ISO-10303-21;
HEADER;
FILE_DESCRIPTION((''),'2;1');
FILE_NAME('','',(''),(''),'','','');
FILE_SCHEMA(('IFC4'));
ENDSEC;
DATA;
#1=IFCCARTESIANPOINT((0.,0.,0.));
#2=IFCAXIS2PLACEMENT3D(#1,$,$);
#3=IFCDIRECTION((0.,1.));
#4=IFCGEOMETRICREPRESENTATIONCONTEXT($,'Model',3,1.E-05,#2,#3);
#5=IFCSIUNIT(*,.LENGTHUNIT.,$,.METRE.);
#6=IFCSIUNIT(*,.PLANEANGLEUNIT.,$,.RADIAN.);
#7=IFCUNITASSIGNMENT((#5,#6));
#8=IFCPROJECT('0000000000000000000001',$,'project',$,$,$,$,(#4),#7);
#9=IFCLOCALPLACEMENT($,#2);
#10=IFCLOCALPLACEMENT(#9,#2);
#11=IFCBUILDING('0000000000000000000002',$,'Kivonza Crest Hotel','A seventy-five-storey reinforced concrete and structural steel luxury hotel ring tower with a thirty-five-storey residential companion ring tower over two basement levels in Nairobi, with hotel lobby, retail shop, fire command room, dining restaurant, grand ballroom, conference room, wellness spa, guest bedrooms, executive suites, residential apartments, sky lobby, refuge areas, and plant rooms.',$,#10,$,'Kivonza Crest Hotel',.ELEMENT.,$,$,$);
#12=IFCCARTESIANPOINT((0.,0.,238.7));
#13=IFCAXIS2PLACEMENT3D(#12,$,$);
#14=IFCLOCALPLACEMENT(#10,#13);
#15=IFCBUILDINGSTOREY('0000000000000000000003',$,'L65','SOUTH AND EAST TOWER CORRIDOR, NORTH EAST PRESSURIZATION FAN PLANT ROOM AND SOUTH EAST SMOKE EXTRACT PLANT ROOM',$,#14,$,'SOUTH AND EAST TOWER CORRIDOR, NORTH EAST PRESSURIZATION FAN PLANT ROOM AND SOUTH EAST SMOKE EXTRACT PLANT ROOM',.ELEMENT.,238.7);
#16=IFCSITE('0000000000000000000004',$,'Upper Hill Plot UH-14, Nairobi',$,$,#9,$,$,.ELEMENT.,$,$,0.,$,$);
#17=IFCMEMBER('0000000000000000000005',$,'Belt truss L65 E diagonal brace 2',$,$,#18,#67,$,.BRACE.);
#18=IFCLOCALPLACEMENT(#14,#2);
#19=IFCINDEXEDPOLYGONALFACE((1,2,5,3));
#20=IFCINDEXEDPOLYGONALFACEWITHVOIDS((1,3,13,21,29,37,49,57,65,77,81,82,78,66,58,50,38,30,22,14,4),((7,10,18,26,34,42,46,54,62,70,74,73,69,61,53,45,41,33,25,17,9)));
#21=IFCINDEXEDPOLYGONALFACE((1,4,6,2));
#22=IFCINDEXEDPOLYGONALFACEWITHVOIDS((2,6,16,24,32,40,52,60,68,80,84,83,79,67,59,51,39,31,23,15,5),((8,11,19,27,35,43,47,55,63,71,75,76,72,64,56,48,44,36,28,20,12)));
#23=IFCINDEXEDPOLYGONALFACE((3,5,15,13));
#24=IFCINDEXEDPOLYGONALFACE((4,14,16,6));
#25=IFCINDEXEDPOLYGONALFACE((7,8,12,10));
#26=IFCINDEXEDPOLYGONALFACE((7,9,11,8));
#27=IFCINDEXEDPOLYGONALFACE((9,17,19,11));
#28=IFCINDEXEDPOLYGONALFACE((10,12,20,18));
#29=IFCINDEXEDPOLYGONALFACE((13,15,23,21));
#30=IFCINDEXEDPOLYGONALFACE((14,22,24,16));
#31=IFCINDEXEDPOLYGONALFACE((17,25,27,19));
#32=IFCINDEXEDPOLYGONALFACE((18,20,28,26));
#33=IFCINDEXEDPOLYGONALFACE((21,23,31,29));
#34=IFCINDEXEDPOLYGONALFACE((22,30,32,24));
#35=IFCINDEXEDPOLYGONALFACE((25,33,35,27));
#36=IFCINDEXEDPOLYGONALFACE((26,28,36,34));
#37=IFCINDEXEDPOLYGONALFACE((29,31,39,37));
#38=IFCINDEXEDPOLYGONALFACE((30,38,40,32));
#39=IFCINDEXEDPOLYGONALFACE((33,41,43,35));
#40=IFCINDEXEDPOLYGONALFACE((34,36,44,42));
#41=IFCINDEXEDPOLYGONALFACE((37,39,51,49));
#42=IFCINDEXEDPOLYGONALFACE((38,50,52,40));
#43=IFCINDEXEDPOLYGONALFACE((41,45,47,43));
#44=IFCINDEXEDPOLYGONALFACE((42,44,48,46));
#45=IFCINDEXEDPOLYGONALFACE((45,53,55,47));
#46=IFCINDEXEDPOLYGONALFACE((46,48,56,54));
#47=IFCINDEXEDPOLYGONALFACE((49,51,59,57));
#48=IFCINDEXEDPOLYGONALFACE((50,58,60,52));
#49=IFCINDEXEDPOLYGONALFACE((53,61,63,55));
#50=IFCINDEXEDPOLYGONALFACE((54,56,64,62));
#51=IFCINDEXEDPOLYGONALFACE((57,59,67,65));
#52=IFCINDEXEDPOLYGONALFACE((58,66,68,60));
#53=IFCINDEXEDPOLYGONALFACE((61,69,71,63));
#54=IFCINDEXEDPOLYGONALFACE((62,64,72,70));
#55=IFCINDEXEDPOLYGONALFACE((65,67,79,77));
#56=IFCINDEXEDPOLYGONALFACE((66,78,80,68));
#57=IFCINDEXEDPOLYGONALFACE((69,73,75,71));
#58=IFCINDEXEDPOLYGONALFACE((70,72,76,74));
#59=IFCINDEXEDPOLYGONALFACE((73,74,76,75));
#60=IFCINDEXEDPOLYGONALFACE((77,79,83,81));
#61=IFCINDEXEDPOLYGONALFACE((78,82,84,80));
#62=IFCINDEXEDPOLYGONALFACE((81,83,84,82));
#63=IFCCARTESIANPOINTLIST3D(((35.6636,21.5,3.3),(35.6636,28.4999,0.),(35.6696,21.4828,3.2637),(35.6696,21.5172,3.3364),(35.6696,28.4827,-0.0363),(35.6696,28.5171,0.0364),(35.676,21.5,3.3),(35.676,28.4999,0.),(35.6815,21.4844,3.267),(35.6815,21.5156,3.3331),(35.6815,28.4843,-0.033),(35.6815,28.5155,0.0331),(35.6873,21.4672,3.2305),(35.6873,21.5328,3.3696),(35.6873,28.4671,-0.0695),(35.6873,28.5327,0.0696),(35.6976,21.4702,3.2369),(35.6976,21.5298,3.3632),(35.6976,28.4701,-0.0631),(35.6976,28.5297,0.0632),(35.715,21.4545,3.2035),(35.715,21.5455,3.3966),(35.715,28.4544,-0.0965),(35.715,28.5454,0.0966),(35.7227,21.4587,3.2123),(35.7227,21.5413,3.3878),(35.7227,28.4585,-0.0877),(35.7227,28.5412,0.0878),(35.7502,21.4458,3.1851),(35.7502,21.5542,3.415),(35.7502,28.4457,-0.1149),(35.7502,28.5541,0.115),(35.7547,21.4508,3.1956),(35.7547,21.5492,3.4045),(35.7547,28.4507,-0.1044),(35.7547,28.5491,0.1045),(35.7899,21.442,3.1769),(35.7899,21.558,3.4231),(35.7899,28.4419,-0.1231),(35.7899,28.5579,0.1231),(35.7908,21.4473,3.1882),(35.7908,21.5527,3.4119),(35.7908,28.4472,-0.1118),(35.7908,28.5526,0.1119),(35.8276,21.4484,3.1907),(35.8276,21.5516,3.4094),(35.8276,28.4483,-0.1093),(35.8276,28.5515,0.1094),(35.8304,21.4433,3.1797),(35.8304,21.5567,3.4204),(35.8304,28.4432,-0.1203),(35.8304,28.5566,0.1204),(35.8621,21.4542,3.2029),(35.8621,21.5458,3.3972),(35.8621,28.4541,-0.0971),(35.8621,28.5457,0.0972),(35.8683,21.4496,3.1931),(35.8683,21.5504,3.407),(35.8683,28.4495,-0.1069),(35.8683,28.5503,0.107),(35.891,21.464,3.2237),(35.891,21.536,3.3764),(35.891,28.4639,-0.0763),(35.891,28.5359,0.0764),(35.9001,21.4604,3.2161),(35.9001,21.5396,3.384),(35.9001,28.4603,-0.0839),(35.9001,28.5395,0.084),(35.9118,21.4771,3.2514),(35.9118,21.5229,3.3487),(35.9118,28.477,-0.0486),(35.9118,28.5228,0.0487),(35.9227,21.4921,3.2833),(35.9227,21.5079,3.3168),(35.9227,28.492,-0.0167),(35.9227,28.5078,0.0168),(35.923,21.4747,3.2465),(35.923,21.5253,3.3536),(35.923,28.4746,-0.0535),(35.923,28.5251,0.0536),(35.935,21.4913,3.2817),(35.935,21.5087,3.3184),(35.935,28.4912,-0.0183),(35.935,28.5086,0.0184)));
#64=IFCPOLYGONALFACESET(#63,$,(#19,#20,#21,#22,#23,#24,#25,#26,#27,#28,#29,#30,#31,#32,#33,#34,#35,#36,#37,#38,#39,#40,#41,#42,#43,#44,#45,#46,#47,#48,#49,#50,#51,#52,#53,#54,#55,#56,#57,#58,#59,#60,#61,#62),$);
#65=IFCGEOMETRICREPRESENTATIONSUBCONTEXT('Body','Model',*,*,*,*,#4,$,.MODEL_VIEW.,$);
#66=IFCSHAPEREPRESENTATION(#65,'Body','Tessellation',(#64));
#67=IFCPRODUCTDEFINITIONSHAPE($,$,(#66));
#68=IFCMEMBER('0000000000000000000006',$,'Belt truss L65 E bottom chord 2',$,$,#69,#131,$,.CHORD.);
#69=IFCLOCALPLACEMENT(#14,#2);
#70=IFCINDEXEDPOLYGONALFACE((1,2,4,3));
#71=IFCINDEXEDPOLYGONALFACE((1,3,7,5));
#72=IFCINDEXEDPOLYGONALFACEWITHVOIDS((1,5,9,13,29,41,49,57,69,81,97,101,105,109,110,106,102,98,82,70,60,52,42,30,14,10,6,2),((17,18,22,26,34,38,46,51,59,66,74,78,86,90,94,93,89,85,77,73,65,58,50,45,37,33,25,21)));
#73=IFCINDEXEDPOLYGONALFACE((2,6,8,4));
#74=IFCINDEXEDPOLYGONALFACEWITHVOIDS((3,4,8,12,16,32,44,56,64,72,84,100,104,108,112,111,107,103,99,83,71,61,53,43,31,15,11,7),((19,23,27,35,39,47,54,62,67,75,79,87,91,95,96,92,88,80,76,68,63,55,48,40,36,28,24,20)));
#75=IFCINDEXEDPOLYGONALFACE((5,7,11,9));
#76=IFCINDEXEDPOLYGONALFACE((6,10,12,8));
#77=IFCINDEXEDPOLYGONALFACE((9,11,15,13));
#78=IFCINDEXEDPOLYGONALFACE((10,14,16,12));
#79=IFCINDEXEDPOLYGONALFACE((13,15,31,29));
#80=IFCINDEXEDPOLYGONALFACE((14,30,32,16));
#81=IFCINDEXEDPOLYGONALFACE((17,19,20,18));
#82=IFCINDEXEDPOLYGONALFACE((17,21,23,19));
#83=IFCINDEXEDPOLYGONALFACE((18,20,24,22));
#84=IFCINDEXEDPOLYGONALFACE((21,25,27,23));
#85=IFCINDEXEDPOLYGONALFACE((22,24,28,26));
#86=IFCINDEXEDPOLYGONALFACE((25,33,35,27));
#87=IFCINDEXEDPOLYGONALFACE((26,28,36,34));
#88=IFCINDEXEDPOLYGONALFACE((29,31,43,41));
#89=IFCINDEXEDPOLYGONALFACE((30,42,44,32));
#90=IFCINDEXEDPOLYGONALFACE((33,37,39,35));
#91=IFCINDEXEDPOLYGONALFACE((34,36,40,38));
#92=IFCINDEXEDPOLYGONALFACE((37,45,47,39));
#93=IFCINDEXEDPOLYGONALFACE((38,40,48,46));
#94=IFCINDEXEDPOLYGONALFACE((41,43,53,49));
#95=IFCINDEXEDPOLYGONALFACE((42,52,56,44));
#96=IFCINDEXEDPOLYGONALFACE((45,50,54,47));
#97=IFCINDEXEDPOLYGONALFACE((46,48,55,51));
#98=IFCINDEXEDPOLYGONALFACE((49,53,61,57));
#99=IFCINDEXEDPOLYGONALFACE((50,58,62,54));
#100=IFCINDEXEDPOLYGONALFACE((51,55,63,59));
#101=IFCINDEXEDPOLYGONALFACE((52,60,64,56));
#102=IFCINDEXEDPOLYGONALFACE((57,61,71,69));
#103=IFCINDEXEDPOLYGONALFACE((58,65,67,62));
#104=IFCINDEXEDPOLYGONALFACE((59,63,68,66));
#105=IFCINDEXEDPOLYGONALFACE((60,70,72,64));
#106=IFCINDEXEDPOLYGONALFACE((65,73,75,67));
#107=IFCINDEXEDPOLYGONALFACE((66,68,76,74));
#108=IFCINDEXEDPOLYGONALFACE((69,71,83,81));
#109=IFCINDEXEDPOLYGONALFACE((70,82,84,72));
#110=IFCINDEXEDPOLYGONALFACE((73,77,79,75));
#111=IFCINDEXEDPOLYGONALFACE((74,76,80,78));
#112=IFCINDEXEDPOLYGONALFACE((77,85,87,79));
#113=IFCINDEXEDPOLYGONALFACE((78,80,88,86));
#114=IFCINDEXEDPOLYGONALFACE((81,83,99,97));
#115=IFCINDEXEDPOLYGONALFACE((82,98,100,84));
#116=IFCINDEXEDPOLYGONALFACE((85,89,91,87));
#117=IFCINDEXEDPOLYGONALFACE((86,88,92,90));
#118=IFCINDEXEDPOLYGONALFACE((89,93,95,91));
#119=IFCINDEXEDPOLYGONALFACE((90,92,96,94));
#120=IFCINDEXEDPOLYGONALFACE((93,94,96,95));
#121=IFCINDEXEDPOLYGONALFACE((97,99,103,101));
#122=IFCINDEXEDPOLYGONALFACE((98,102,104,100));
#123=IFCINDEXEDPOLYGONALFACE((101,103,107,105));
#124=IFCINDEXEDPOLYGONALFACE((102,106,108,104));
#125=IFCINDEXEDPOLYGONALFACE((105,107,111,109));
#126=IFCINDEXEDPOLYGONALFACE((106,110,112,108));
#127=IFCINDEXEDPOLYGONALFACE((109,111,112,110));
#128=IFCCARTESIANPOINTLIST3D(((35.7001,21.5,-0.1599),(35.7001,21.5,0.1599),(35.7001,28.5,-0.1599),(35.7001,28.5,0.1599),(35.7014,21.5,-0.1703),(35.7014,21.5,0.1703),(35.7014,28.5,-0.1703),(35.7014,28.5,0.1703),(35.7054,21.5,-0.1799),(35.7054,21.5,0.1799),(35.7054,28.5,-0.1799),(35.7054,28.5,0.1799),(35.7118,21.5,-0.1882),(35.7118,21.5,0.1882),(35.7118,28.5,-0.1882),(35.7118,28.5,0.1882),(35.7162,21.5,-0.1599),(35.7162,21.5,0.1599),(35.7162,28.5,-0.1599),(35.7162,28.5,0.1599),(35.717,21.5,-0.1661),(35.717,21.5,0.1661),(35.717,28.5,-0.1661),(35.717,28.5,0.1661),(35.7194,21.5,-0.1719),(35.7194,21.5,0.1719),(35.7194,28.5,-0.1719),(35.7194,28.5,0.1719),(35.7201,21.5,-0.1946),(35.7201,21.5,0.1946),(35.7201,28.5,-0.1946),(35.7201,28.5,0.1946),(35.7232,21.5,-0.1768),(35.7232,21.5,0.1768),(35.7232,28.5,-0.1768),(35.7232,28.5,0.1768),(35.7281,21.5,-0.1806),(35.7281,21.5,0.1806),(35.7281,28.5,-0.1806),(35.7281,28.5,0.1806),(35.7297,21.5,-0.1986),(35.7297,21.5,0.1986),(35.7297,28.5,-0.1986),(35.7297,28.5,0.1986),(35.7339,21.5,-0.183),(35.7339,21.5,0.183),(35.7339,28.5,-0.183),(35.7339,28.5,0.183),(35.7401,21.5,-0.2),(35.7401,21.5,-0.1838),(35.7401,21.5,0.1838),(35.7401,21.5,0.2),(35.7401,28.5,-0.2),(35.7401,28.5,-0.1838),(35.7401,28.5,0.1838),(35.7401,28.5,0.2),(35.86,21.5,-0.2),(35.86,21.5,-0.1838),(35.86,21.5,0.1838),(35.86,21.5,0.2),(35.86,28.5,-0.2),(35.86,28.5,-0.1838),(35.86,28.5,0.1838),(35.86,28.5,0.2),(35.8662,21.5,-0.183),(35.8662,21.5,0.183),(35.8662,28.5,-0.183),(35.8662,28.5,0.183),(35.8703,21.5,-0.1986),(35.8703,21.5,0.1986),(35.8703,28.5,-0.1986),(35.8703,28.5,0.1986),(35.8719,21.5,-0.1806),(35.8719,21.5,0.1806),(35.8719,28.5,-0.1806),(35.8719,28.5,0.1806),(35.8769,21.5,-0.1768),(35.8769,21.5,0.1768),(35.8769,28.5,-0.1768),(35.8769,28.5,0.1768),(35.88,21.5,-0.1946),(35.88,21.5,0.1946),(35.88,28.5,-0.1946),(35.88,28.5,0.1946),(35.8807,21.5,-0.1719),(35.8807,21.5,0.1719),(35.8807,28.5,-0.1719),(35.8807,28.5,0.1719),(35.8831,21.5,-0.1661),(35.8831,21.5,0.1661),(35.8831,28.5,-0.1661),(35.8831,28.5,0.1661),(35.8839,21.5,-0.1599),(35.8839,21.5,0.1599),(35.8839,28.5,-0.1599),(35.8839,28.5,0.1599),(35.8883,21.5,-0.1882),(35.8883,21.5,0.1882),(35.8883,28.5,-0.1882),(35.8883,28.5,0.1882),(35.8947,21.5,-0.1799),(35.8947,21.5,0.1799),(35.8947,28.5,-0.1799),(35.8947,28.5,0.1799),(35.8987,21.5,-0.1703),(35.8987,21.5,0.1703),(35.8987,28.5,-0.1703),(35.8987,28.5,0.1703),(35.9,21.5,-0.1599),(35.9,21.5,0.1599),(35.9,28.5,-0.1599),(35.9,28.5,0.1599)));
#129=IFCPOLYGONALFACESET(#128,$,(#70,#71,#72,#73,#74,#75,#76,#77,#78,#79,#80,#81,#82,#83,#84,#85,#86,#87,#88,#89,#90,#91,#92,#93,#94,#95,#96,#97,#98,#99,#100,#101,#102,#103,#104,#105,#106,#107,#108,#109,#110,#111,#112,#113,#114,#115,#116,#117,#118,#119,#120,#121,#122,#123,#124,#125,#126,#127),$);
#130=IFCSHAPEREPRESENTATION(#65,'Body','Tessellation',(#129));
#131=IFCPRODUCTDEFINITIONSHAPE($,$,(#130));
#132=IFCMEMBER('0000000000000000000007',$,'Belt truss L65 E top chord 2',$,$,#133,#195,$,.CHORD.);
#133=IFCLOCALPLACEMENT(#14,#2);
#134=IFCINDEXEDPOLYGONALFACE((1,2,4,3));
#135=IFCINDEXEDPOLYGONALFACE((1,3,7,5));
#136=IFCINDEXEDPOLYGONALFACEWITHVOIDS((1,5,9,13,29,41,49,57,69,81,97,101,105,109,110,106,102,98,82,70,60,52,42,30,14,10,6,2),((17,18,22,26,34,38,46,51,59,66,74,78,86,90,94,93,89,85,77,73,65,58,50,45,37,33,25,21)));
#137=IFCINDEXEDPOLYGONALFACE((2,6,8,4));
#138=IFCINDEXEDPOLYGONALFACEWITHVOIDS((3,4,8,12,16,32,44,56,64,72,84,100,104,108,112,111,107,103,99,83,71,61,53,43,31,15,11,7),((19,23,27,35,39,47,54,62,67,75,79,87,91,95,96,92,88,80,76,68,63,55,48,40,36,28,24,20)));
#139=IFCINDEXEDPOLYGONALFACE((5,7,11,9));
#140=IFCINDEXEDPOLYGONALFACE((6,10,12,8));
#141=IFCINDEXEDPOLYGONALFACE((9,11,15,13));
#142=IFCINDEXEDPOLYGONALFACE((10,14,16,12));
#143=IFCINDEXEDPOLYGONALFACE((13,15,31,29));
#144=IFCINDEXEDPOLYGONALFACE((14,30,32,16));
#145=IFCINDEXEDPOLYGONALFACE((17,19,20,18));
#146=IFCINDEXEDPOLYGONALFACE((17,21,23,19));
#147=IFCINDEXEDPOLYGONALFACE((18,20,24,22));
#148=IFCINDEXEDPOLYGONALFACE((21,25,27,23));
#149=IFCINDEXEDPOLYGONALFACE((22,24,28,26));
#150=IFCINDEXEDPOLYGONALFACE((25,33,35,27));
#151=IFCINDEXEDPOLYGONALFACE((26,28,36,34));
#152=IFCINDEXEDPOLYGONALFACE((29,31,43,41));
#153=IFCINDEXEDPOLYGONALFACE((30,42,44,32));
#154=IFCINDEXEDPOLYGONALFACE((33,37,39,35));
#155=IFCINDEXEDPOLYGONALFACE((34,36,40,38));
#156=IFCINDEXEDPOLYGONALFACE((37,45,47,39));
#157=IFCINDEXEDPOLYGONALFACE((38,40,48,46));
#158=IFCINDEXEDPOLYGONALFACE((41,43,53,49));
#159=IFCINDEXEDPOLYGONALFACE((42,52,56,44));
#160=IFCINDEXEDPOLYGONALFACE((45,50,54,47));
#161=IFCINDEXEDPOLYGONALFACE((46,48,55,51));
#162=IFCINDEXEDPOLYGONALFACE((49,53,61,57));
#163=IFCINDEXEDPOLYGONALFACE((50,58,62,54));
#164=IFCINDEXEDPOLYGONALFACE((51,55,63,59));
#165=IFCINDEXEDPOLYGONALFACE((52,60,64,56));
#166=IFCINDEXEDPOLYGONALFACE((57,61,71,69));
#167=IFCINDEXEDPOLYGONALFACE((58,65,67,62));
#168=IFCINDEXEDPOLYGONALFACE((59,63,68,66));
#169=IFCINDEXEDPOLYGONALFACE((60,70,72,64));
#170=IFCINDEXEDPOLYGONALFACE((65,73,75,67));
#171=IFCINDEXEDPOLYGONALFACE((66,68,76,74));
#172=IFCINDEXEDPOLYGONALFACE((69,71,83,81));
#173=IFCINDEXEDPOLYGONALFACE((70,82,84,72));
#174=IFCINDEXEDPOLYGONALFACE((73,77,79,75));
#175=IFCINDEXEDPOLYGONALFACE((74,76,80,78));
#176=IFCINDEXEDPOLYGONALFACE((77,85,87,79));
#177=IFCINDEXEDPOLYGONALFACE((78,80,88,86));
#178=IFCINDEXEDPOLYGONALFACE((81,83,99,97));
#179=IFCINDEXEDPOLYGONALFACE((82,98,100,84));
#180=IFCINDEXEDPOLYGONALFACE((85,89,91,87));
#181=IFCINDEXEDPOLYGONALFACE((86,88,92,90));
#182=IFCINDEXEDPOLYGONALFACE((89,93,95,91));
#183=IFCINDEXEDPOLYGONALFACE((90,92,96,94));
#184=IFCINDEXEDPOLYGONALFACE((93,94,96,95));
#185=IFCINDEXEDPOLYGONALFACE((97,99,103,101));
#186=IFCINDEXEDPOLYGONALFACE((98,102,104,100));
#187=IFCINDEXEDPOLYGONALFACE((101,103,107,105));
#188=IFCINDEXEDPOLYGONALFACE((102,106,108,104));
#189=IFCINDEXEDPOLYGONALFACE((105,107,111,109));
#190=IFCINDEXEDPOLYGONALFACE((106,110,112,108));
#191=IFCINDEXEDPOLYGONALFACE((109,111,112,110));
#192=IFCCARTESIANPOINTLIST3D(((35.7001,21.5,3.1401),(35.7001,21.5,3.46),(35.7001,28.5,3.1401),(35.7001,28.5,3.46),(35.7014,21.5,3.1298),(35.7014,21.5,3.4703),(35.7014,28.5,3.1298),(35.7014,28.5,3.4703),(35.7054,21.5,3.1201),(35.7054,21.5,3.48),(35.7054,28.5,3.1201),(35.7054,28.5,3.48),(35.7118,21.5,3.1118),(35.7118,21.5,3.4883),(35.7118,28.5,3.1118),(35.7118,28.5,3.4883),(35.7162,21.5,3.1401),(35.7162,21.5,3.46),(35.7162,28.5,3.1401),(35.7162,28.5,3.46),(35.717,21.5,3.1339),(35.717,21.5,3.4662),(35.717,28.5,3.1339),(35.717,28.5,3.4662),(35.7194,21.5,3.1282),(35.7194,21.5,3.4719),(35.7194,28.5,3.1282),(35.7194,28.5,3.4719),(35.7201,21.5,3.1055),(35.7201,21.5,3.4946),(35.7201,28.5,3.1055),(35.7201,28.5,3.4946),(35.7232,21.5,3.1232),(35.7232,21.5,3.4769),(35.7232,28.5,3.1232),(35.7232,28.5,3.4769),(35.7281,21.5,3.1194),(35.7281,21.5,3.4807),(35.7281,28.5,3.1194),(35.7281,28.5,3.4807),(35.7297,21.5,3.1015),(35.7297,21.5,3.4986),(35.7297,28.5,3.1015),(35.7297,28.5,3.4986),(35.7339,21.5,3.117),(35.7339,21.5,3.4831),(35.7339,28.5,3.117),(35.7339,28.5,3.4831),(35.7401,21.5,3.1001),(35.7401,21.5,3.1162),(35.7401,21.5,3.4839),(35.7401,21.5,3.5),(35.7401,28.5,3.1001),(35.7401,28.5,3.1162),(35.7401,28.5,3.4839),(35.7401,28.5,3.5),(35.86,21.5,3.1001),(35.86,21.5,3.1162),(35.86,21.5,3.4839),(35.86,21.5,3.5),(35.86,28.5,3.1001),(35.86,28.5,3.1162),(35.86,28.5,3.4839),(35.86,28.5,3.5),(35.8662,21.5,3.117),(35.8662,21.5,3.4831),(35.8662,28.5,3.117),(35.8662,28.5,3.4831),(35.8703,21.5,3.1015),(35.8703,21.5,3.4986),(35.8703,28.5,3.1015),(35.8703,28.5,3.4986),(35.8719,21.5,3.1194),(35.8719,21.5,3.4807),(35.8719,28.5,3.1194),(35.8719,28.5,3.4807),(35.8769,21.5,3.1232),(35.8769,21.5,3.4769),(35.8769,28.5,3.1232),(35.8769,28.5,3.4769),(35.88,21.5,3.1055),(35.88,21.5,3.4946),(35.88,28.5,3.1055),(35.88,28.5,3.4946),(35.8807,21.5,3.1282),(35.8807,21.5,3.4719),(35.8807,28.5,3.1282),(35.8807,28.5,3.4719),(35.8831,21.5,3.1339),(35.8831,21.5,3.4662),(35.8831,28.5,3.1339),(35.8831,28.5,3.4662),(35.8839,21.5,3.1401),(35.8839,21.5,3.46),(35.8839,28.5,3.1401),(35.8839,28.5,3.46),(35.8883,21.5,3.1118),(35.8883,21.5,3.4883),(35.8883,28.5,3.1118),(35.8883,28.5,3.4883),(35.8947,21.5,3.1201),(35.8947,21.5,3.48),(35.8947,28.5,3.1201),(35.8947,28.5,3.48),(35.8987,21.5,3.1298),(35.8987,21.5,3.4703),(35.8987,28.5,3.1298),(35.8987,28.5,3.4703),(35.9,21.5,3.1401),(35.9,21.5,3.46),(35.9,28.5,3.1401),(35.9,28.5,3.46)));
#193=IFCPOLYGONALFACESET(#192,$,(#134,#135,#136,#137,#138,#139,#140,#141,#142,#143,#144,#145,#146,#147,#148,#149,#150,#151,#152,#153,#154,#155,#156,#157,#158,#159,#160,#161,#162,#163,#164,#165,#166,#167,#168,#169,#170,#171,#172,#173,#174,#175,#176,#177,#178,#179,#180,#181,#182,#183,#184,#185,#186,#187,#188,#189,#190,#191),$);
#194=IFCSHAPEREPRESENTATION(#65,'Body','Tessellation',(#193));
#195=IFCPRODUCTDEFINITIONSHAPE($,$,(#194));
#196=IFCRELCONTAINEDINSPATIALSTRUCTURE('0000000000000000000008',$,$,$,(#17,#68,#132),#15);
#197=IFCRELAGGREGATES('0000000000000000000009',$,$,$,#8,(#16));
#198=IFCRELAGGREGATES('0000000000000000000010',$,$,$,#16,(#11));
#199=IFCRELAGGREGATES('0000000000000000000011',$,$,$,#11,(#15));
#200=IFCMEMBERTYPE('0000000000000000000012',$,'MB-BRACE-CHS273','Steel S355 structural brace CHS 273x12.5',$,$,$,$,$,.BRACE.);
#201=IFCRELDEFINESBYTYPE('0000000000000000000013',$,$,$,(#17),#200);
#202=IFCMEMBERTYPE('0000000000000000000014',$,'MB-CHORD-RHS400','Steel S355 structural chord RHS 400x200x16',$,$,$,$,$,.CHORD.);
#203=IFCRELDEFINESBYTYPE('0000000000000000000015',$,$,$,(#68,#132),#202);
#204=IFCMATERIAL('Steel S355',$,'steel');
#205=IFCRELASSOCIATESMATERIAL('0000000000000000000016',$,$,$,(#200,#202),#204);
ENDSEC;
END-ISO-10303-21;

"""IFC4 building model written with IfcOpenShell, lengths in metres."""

from ifc_helpers import new_model, si_unit, direction, frame, origin, origin_2d, place, context, subcontext, project, spatial, hollow_rectangle, hollow_circle, extrude, material, material_profile, profile_set, type_object, element, save


model = new_model("IFC4")

# Units and contexts
model_context = context("Model", 3, precision=1e-05, world=origin(), true_north=direction((0.0, 1.0)))
body_context = subcontext(model_context, "Body", "Model", "MODEL_VIEW")
ifc_project = project(units=[si_unit("LENGTHUNIT", "METRE"), si_unit("PLANEANGLEUNIT", "RADIAN")], contexts=[model_context])

# Site, building, storey
site_placement = place(None, origin())
site = spatial("IfcSite", under=ifc_project, at=site_placement, Name="Upper Hill Plot UH-14, Nairobi", CompositionType="ELEMENT", RefElevation=0.0)
building_placement = place(site_placement, origin())
building = spatial("IfcBuilding", under=site, at=building_placement, Name="Kivonza Crest Hotel", Description="A seventy-five-storey reinforced concrete and structural steel luxury hotel ring tower with a thirty-five-storey residential companion ring tower over two basement levels in Nairobi, with hotel lobby, retail shop, fire command room, dining restaurant, grand ballroom, conference room, wellness spa, guest bedrooms, executive suites, residential apartments, sky lobby, refuge areas, and plant rooms.", LongName="Kivonza Crest Hotel", CompositionType="ELEMENT")
storey_placement = place(building_placement, frame((0.0, 0.0, 238.7)))
storey = spatial("IfcBuildingStorey", under=building, at=storey_placement, Name="L65", Description="SOUTH AND EAST TOWER CORRIDOR, NORTH EAST PRESSURIZATION FAN PLANT ROOM AND SOUTH EAST SMOKE EXTRACT PLANT ROOM", LongName="SOUTH AND EAST TOWER CORRIDOR, NORTH EAST PRESSURIZATION FAN PLANT ROOM AND SOUTH EAST SMOKE EXTRACT PLANT ROOM", CompositionType="ELEMENT", Elevation=238.7)

# Shared definitions
ifc_material_1 = material(Name="Steel S355", Category="steel")

# Members
ifc_material_profile_1 = material_profile(ifc_material_1, hollow_circle(Radius=0.1365, WallThickness=0.0125, at=origin_2d()), Name="CHS 273x12.5")
ifc_profile_set_1 = profile_set([ifc_material_profile_1], Name="Steel S355")
member_type_1 = type_object("IfcMemberType", Name="MB-BRACE-CHS273", Description="Steel S355 structural brace CHS 273x12.5", PredefinedType="BRACE", material=ifc_profile_set_1)
member_1_placement = place(storey_placement, frame((35.8, 21.5, 3.3), z_axis=(0.0, 0.904523, -0.426424), x_axis=(-1.0, 0.0, 0.0)))
element("IfcMember", 1, at=member_1_placement, inside=storey, type_object=member_type_1, Name="Belt truss L65 E diagonal brace 2", PredefinedType="BRACE", context=body_context, shape_type="SweptSolid", body=[
    extrude(hollow_circle(Radius=0.1365, WallThickness=0.0125, at=origin_2d()), origin(), (0.0, 0.0, 1.0), 7.7388),
])
ifc_material_profile_2 = material_profile(ifc_material_1, hollow_rectangle(XDim=0.2, YDim=0.3999, WallThickness=0.0161, InnerFilletRadius=0.0239, OuterFilletRadius=0.04, at=origin_2d()), Name="RHS 400x200x16")
ifc_profile_set_2 = profile_set([ifc_material_profile_2], Name="Steel S355")
member_type_2 = type_object("IfcMemberType", Name="MB-CHORD-RHS400", Description="Steel S355 structural chord RHS 400x200x16", PredefinedType="CHORD", material=ifc_profile_set_2)
for number, where, z_axis, x_axis, name in (
    (2, (35.8, 21.5, 0.0), (0.0, 1.0, 0.0), (-1.0, 0.0, 0.0), "Belt truss L65 E bottom chord 2"),
    (3, (35.8, 21.5, 3.3), (0.0, 1.0, 0.0), (-1.0, 0.0, 0.0), "Belt truss L65 E top chord 2"),
):
    element("IfcMember", number, at=place(storey_placement, frame(where, z_axis=z_axis, x_axis=x_axis)), inside=storey, type_object=member_type_2, Name=name, PredefinedType="CHORD", context=body_context, shape_type="SweptSolid", body=[
        extrude(hollow_rectangle(XDim=0.2, YDim=0.3999, WallThickness=0.0161, InnerFilletRadius=0.0239, OuterFilletRadius=0.04, at=origin_2d()), origin(), (0.0, 0.0, 1.0), 7.0),
    ])

save(model, "model.ifc")
